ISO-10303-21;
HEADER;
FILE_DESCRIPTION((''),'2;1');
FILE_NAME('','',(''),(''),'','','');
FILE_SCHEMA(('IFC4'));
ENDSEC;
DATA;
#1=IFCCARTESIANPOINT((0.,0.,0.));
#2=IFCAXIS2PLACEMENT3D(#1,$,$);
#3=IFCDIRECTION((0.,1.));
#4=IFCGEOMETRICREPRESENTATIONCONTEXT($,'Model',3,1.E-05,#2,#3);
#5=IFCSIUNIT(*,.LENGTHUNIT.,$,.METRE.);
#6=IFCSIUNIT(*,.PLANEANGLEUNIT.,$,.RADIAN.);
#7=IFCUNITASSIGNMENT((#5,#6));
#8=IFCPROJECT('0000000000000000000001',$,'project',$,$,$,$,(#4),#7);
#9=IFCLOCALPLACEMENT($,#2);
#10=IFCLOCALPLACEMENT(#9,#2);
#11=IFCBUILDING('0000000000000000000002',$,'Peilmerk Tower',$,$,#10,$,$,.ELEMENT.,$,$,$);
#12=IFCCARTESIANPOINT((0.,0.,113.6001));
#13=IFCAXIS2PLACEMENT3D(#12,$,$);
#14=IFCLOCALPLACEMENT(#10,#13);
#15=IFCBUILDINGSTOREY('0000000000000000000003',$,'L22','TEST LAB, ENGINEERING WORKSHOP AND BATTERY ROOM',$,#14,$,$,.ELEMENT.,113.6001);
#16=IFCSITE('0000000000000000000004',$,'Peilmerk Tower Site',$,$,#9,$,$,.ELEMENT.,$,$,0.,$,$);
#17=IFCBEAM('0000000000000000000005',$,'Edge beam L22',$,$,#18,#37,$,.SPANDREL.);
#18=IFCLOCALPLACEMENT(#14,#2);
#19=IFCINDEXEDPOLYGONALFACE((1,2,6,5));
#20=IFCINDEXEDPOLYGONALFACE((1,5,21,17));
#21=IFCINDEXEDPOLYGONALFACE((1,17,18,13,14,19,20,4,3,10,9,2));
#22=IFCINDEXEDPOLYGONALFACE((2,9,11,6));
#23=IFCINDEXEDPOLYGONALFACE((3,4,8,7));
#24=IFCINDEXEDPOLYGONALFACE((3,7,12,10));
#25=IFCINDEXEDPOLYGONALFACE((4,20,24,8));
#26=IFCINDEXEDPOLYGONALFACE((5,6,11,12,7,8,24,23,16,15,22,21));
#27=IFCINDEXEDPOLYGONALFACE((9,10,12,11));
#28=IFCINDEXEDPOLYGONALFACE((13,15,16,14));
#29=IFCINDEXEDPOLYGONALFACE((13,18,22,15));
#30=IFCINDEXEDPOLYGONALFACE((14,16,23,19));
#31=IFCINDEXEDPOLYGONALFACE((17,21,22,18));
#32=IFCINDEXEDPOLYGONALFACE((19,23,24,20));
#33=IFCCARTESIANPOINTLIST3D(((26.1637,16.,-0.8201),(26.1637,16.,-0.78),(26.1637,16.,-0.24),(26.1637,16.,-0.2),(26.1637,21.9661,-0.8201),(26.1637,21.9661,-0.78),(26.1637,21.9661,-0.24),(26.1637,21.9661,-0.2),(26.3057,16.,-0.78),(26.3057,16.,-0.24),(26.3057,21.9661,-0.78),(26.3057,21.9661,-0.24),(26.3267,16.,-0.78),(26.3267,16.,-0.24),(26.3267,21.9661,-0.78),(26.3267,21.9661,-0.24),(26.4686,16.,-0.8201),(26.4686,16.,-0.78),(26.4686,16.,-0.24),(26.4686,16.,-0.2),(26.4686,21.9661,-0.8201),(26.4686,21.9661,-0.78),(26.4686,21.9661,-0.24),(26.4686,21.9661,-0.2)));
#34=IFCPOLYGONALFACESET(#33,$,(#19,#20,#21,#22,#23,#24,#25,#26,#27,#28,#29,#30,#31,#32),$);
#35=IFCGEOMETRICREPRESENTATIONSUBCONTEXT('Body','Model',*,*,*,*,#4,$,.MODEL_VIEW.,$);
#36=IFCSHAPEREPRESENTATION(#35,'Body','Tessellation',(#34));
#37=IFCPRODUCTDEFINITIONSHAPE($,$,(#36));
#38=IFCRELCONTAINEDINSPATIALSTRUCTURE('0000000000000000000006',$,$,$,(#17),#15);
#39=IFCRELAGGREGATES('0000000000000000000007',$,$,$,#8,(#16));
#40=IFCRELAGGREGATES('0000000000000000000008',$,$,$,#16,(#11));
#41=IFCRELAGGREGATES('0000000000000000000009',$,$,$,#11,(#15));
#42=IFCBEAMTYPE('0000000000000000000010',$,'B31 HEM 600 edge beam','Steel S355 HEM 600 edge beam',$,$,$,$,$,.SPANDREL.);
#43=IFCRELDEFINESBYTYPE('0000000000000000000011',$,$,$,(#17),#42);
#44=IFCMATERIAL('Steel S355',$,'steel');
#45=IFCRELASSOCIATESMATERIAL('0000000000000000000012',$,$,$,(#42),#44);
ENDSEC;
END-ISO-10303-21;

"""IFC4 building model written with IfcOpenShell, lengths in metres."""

from ifc_helpers import new_model, si_unit, direction, frame, origin, origin_2d, place, context, subcontext, project, spatial, i_section, extrude, material, material_profile, profile_set, type_object, element, save


model = new_model("IFC4")

# Units and contexts
model_context = context("Model", 3, precision=1e-05, world=origin(), true_north=direction((0.0, 1.0)))
body_context = subcontext(model_context, "Body", "Model", "MODEL_VIEW")
ifc_project = project(units=[si_unit("LENGTHUNIT", "METRE"), si_unit("PLANEANGLEUNIT", "RADIAN")], contexts=[model_context])

# Site, building, storey
site_placement = place(None, origin())
site = spatial("IfcSite", under=ifc_project, at=site_placement, Name="Peilmerk Tower Site", CompositionType="ELEMENT", RefElevation=0.0)
building_placement = place(site_placement, origin())
building = spatial("IfcBuilding", under=site, at=building_placement, Name="Peilmerk Tower", CompositionType="ELEMENT")
storey_placement = place(building_placement, frame((0.0, 0.0, 113.6001)))
storey = spatial("IfcBuildingStorey", under=building, at=storey_placement, Name="L22", Description="TEST LAB, ENGINEERING WORKSHOP AND BATTERY ROOM", CompositionType="ELEMENT", Elevation=113.6001)

# Beam
ifc_material_1 = material(Name="Steel S355", Category="steel")
ifc_material_profile_1 = material_profile(ifc_material_1, i_section(OverallWidth=0.3049, OverallDepth=0.6201, WebThickness=0.021, FlangeThickness=0.04, at=origin_2d()), Name="HEM 600")
ifc_profile_set_1 = profile_set([ifc_material_profile_1], Name="Steel S355")
beam_type_1 = type_object("IfcBeamType", Name="B31 HEM 600 edge beam", Description="Steel S355 HEM 600 edge beam", PredefinedType="SPANDREL", material=ifc_profile_set_1)
for number, where, z_axis, x_axis, name in (
    (1, (26.3162, 16.0, -0.51), (0.0, 1.0, 0.0), (-1.0, 0.0, 0.0), "Edge beam L22"),
):
    element("IfcBeam", number, at=place(storey_placement, frame(where, z_axis=z_axis, x_axis=x_axis)), inside=storey, type_object=beam_type_1, Name=name, PredefinedType="SPANDREL", context=body_context, shape_type="SweptSolid", body=[
        extrude(i_section(OverallWidth=0.3049, OverallDepth=0.6201, WebThickness=0.021, FlangeThickness=0.04, at=origin_2d()), origin(), (0.0, 0.0, 1.0), 5.9661),
    ])

save(model, "model.ifc")
